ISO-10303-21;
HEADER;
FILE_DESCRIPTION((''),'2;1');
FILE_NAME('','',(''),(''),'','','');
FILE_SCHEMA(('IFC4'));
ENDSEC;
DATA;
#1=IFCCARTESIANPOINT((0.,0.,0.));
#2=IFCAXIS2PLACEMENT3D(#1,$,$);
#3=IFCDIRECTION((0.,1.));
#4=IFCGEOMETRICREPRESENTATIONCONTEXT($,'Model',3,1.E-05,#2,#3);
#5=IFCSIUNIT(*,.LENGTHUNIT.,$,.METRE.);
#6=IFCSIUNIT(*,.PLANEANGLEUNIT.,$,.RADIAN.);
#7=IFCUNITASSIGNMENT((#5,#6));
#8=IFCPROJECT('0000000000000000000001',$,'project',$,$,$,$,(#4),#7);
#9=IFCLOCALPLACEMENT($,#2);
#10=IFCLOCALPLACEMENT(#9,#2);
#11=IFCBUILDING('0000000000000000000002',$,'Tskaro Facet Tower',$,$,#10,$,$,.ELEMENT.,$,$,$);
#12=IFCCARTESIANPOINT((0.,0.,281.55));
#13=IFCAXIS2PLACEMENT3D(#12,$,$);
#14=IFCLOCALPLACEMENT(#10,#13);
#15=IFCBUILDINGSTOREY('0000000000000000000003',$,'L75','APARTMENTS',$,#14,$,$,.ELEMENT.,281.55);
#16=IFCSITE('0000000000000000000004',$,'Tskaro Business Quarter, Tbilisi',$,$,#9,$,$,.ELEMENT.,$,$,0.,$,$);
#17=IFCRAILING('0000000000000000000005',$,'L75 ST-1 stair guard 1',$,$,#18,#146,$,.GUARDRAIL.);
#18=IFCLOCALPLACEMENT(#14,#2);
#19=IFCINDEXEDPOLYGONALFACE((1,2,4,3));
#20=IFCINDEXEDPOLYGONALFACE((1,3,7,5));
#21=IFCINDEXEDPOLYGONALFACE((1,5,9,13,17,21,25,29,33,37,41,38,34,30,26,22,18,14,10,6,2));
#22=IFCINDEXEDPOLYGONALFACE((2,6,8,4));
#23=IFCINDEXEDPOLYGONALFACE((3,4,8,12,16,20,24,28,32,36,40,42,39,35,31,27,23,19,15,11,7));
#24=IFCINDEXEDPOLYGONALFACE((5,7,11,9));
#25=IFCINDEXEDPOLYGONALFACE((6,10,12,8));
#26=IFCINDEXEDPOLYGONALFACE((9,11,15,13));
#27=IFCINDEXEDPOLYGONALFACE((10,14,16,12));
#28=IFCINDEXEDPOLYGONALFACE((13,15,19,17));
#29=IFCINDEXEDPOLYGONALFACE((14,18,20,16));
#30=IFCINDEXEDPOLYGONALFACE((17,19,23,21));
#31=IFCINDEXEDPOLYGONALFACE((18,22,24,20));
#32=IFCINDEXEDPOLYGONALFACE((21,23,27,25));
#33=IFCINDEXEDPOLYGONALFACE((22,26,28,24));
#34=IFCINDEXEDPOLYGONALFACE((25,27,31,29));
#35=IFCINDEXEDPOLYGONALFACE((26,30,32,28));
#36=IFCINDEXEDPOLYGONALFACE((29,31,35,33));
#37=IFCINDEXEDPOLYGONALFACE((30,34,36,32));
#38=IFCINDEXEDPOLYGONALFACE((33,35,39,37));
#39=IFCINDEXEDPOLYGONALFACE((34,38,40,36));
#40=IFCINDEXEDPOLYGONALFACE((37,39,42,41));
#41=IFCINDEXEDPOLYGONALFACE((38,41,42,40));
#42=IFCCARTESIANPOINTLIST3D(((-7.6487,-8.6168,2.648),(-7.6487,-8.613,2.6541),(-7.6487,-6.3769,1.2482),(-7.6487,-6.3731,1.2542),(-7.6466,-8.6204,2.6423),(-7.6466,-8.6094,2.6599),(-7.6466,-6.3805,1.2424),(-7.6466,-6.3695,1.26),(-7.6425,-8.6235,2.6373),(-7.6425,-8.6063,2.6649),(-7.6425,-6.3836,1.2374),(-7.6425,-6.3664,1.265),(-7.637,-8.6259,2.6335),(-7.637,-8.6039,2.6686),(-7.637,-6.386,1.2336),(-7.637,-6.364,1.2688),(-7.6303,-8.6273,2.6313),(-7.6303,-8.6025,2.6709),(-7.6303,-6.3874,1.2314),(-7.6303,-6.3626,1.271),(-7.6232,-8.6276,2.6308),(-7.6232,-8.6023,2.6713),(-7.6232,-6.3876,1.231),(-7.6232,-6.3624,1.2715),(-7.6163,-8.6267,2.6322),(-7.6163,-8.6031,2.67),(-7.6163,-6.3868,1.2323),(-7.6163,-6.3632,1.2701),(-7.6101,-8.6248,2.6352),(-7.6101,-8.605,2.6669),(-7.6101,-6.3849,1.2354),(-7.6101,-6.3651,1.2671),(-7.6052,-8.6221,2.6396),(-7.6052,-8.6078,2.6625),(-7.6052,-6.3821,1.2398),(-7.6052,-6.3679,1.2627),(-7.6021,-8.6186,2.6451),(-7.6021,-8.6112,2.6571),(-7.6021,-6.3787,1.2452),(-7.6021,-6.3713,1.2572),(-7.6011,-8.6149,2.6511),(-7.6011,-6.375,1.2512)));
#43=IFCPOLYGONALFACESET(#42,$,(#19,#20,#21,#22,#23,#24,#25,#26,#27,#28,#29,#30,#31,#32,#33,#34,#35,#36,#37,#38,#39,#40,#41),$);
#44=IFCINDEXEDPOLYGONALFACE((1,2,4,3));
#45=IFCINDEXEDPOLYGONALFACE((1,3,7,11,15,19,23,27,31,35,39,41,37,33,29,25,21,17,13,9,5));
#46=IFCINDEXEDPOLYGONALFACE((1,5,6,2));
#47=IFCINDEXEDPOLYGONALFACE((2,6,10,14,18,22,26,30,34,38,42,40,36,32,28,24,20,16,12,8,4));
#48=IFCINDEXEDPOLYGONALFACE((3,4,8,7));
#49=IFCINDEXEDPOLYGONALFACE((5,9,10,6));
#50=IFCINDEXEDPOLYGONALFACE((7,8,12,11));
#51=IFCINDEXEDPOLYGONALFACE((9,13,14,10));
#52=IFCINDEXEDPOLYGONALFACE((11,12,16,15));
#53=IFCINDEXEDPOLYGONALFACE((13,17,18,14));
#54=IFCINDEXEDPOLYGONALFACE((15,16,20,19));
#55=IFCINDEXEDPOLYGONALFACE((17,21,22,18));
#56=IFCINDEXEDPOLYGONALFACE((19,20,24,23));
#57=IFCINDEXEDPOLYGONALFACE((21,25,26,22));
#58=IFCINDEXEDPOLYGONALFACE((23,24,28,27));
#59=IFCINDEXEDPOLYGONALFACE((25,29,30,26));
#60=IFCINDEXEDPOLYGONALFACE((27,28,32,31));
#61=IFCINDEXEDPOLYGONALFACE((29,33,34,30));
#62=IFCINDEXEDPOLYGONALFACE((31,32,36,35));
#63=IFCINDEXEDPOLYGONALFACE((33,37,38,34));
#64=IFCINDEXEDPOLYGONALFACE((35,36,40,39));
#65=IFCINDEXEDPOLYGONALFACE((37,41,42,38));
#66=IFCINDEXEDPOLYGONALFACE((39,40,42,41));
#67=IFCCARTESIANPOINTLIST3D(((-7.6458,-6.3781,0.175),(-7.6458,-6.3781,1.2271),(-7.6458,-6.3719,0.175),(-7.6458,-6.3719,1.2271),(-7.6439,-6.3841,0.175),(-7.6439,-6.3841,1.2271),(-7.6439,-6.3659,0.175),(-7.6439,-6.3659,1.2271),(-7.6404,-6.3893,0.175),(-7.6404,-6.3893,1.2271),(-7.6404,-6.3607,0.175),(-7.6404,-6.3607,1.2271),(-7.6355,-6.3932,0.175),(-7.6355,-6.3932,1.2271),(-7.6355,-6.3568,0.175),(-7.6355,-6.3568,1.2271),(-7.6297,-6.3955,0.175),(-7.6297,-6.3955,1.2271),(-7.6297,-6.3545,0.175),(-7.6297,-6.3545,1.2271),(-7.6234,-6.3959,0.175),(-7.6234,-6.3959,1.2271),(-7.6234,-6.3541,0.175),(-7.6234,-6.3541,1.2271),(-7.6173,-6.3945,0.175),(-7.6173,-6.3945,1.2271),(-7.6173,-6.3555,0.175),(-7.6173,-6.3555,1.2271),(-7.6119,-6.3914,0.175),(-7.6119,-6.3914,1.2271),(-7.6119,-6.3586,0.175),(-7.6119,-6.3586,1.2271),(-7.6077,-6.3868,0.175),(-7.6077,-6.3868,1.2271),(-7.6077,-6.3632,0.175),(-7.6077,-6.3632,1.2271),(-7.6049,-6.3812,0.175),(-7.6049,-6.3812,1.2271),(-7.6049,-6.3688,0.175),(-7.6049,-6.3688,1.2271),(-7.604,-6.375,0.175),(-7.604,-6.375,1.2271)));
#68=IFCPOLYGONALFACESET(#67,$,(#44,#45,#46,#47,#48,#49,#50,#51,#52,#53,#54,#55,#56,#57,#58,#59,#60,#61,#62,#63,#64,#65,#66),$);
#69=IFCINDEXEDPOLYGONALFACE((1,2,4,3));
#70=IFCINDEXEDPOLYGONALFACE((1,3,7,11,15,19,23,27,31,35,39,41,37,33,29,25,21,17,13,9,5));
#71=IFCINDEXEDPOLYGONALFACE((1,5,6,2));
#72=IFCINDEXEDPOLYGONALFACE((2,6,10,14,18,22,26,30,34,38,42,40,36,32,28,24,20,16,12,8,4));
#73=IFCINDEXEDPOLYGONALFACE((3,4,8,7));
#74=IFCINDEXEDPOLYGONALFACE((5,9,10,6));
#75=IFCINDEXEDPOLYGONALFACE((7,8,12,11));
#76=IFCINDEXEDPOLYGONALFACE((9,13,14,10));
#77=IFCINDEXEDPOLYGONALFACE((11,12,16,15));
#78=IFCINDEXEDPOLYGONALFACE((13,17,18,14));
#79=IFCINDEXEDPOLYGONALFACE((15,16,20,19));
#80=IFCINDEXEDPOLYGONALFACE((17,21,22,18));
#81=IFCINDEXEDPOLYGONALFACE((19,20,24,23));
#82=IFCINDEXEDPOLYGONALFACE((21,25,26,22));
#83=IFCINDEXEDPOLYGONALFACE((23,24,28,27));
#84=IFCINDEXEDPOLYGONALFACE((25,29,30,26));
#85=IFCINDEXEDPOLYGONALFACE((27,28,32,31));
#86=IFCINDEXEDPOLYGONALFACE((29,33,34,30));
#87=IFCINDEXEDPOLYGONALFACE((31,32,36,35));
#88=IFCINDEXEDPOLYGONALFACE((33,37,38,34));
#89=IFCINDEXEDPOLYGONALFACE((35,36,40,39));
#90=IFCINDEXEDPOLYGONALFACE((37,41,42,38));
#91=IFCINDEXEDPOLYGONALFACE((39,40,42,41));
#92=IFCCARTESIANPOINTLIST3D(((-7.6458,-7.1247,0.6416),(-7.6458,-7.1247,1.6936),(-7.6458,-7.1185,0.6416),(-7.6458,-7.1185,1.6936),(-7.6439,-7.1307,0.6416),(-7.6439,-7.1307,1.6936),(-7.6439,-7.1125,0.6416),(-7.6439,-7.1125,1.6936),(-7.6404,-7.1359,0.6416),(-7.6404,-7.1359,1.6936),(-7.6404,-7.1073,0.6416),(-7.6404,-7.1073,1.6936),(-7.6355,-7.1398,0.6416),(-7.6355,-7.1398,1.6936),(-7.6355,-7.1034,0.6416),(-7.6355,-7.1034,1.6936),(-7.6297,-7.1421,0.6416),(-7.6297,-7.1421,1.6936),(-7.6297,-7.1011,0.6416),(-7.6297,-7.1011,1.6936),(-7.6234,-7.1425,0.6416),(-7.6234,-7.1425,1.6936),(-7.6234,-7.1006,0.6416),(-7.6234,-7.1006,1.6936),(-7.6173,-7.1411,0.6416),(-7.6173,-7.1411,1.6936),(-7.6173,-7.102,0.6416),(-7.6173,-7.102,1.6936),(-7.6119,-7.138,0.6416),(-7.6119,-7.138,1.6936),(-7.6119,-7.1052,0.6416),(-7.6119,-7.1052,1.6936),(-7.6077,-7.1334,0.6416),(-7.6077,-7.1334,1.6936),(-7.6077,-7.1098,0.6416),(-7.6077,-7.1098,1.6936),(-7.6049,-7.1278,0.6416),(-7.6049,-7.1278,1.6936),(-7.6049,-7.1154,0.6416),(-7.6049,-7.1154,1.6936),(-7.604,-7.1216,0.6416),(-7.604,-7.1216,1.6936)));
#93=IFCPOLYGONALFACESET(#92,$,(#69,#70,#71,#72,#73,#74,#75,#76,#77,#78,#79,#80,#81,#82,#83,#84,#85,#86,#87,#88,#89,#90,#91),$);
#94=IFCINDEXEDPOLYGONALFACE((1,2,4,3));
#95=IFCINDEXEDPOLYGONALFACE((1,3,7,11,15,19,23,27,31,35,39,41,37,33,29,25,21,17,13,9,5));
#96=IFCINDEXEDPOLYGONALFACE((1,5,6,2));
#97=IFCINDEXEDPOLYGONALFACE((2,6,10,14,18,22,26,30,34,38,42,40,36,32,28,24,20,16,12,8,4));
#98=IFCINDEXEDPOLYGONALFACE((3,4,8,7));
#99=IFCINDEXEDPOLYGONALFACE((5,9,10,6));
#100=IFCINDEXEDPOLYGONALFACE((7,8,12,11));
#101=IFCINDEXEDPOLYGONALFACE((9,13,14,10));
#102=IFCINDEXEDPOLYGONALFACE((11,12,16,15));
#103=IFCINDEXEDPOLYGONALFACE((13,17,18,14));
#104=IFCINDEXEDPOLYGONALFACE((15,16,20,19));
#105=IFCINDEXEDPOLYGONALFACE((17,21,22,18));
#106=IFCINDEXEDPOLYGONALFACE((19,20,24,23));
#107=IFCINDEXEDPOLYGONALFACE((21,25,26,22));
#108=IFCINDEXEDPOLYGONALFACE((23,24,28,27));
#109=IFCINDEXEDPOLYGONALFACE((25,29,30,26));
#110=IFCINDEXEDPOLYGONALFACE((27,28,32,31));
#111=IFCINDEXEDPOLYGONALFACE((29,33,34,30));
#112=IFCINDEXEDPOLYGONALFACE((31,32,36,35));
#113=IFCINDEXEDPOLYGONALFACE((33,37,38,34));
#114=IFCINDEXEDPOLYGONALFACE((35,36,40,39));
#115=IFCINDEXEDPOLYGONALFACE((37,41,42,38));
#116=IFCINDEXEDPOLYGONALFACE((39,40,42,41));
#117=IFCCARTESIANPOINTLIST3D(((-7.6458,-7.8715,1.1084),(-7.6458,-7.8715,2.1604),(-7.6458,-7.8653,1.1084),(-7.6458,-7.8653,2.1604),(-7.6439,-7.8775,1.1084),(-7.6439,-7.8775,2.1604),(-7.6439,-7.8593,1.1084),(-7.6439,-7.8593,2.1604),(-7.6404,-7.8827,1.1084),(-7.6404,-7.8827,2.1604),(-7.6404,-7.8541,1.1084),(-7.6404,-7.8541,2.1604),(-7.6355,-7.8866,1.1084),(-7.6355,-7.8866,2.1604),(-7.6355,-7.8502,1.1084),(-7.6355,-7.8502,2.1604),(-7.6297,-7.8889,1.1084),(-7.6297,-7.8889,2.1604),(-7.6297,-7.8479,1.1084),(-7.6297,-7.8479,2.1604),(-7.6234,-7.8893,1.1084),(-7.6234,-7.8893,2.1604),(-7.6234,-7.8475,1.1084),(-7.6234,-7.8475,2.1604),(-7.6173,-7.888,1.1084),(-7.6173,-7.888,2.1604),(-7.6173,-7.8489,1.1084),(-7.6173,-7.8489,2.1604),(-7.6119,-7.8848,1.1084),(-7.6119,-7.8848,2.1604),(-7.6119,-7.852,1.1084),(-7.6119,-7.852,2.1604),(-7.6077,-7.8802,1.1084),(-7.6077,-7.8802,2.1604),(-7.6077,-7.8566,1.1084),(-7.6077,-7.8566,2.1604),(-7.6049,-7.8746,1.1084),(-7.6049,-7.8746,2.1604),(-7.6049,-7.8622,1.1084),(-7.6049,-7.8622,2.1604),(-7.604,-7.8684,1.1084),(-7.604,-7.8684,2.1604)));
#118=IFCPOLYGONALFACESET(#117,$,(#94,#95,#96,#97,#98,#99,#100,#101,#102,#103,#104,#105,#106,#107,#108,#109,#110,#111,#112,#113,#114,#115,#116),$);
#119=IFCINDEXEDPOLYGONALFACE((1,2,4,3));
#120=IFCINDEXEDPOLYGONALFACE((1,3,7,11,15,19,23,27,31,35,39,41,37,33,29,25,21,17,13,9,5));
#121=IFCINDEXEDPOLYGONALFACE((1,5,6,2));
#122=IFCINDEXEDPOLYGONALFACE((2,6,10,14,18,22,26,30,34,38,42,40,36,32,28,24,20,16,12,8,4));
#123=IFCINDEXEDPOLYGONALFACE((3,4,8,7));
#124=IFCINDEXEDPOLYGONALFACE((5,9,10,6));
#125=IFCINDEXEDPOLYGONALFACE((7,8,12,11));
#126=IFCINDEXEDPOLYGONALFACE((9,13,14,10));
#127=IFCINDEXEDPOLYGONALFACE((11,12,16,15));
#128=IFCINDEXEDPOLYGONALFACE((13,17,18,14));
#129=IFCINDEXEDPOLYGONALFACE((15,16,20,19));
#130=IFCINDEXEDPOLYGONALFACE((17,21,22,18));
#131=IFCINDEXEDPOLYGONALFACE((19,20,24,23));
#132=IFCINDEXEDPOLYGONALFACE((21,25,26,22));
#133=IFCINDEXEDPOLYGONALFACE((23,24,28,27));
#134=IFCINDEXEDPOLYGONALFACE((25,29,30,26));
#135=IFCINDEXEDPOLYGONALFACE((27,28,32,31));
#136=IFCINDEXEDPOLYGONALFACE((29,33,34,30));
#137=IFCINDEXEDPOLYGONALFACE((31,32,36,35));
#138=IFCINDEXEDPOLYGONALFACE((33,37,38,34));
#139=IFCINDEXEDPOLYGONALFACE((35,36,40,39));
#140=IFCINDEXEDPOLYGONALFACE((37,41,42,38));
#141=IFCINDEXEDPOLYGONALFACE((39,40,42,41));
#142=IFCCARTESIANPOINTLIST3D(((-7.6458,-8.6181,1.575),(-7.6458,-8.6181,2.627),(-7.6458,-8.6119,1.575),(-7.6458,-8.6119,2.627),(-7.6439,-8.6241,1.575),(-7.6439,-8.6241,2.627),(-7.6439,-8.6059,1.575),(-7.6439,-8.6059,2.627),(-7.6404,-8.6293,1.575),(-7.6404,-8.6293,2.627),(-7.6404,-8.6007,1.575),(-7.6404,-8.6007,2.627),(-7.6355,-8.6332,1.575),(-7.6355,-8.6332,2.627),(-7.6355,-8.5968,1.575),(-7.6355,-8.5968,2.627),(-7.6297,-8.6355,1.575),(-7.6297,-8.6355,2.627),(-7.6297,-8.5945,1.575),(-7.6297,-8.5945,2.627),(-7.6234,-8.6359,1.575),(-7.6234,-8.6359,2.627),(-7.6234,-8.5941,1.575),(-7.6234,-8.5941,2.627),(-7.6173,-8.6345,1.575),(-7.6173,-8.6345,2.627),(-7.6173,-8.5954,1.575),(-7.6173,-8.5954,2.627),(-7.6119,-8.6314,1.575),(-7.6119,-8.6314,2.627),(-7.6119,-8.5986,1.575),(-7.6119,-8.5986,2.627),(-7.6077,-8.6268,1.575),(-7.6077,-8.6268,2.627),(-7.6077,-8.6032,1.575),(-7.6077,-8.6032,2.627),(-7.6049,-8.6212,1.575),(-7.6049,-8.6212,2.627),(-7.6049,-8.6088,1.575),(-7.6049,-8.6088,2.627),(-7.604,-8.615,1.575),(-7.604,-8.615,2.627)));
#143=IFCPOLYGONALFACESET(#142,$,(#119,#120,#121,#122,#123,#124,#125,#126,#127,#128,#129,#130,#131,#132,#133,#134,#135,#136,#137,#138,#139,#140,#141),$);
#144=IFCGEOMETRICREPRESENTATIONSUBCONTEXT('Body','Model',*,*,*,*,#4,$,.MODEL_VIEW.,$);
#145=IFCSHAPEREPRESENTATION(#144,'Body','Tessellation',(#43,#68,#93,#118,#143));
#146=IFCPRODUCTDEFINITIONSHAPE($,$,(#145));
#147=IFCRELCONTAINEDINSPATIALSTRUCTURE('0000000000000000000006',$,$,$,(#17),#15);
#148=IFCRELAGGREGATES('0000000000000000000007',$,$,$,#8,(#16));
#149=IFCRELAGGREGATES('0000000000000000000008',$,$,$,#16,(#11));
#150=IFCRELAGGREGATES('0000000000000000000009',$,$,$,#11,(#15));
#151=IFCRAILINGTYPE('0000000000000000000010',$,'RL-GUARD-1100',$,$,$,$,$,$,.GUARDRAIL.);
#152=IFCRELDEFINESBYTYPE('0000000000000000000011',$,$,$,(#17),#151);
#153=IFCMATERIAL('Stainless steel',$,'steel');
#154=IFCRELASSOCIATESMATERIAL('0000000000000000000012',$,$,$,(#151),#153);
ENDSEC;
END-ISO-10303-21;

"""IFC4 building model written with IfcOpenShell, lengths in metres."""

from ifc_helpers import new_model, si_unit, direction, frame, origin, origin_2d, place, context, subcontext, project, spatial, circle, extrude, material, type_object, element, save


model = new_model("IFC4")

# Units and contexts
model_context = context("Model", 3, precision=1e-05, world=origin(), true_north=direction((0.0, 1.0)))
body_context = subcontext(model_context, "Body", "Model", "MODEL_VIEW")
ifc_project = project(units=[si_unit("LENGTHUNIT", "METRE"), si_unit("PLANEANGLEUNIT", "RADIAN")], contexts=[model_context])

# Site, building, storey
site_placement = place(None, origin())
site = spatial("IfcSite", under=ifc_project, at=site_placement, Name="Tskaro Business Quarter, Tbilisi", CompositionType="ELEMENT", RefElevation=0.0)
building_placement = place(site_placement, origin())
building = spatial("IfcBuilding", under=site, at=building_placement, Name="Tskaro Facet Tower", CompositionType="ELEMENT")
storey_placement = place(building_placement, frame((0.0, 0.0, 281.55)))
storey = spatial("IfcBuildingStorey", under=building, at=storey_placement, Name="L75", Description="APARTMENTS", CompositionType="ELEMENT", Elevation=281.55)

# Shared definitions
ifc_material_1 = material(Name="Stainless steel", Category="steel")

# Railing
railing_type_1 = type_object("IfcRailingType", Name="RL-GUARD-1100", PredefinedType="GUARDRAIL", material=ifc_material_1)
railing_1_placement = place(storey_placement, frame((-7.625, -6.375, 0.175)))
element("IfcRailing", 1, at=railing_1_placement, inside=storey, type_object=railing_type_1, Name="L75 ST-1 stair guard 1", PredefinedType="GUARDRAIL", context=body_context, shape_type="SweptSolid", body=[
    extrude(circle(Radius=0.0239, at=origin_2d()), frame((0.0, 0.0, 1.0762), z_axis=(0.0, -0.848014, 0.529974), x_axis=(1.0, 0.0, 0.0)), (0.0, 0.0, 1.0), 2.6414),
    extrude(circle(Radius=0.021, at=origin_2d()), origin(), (0.0, 0.0, 1.0), 1.052),
    extrude(circle(Radius=0.021, at=origin_2d()), frame((0.0, -0.7466, 0.4666)), (0.0, 0.0, 1.0), 1.052),
    extrude(circle(Radius=0.021, at=origin_2d()), frame((0.0, -1.4934, 0.9333)), (0.0, 0.0, 1.0), 1.052),
    extrude(circle(Radius=0.021, at=origin_2d()), frame((0.0, -2.24, 1.3999)), (0.0, 0.0, 1.0), 1.052),
])

save(model, "model.ifc")
